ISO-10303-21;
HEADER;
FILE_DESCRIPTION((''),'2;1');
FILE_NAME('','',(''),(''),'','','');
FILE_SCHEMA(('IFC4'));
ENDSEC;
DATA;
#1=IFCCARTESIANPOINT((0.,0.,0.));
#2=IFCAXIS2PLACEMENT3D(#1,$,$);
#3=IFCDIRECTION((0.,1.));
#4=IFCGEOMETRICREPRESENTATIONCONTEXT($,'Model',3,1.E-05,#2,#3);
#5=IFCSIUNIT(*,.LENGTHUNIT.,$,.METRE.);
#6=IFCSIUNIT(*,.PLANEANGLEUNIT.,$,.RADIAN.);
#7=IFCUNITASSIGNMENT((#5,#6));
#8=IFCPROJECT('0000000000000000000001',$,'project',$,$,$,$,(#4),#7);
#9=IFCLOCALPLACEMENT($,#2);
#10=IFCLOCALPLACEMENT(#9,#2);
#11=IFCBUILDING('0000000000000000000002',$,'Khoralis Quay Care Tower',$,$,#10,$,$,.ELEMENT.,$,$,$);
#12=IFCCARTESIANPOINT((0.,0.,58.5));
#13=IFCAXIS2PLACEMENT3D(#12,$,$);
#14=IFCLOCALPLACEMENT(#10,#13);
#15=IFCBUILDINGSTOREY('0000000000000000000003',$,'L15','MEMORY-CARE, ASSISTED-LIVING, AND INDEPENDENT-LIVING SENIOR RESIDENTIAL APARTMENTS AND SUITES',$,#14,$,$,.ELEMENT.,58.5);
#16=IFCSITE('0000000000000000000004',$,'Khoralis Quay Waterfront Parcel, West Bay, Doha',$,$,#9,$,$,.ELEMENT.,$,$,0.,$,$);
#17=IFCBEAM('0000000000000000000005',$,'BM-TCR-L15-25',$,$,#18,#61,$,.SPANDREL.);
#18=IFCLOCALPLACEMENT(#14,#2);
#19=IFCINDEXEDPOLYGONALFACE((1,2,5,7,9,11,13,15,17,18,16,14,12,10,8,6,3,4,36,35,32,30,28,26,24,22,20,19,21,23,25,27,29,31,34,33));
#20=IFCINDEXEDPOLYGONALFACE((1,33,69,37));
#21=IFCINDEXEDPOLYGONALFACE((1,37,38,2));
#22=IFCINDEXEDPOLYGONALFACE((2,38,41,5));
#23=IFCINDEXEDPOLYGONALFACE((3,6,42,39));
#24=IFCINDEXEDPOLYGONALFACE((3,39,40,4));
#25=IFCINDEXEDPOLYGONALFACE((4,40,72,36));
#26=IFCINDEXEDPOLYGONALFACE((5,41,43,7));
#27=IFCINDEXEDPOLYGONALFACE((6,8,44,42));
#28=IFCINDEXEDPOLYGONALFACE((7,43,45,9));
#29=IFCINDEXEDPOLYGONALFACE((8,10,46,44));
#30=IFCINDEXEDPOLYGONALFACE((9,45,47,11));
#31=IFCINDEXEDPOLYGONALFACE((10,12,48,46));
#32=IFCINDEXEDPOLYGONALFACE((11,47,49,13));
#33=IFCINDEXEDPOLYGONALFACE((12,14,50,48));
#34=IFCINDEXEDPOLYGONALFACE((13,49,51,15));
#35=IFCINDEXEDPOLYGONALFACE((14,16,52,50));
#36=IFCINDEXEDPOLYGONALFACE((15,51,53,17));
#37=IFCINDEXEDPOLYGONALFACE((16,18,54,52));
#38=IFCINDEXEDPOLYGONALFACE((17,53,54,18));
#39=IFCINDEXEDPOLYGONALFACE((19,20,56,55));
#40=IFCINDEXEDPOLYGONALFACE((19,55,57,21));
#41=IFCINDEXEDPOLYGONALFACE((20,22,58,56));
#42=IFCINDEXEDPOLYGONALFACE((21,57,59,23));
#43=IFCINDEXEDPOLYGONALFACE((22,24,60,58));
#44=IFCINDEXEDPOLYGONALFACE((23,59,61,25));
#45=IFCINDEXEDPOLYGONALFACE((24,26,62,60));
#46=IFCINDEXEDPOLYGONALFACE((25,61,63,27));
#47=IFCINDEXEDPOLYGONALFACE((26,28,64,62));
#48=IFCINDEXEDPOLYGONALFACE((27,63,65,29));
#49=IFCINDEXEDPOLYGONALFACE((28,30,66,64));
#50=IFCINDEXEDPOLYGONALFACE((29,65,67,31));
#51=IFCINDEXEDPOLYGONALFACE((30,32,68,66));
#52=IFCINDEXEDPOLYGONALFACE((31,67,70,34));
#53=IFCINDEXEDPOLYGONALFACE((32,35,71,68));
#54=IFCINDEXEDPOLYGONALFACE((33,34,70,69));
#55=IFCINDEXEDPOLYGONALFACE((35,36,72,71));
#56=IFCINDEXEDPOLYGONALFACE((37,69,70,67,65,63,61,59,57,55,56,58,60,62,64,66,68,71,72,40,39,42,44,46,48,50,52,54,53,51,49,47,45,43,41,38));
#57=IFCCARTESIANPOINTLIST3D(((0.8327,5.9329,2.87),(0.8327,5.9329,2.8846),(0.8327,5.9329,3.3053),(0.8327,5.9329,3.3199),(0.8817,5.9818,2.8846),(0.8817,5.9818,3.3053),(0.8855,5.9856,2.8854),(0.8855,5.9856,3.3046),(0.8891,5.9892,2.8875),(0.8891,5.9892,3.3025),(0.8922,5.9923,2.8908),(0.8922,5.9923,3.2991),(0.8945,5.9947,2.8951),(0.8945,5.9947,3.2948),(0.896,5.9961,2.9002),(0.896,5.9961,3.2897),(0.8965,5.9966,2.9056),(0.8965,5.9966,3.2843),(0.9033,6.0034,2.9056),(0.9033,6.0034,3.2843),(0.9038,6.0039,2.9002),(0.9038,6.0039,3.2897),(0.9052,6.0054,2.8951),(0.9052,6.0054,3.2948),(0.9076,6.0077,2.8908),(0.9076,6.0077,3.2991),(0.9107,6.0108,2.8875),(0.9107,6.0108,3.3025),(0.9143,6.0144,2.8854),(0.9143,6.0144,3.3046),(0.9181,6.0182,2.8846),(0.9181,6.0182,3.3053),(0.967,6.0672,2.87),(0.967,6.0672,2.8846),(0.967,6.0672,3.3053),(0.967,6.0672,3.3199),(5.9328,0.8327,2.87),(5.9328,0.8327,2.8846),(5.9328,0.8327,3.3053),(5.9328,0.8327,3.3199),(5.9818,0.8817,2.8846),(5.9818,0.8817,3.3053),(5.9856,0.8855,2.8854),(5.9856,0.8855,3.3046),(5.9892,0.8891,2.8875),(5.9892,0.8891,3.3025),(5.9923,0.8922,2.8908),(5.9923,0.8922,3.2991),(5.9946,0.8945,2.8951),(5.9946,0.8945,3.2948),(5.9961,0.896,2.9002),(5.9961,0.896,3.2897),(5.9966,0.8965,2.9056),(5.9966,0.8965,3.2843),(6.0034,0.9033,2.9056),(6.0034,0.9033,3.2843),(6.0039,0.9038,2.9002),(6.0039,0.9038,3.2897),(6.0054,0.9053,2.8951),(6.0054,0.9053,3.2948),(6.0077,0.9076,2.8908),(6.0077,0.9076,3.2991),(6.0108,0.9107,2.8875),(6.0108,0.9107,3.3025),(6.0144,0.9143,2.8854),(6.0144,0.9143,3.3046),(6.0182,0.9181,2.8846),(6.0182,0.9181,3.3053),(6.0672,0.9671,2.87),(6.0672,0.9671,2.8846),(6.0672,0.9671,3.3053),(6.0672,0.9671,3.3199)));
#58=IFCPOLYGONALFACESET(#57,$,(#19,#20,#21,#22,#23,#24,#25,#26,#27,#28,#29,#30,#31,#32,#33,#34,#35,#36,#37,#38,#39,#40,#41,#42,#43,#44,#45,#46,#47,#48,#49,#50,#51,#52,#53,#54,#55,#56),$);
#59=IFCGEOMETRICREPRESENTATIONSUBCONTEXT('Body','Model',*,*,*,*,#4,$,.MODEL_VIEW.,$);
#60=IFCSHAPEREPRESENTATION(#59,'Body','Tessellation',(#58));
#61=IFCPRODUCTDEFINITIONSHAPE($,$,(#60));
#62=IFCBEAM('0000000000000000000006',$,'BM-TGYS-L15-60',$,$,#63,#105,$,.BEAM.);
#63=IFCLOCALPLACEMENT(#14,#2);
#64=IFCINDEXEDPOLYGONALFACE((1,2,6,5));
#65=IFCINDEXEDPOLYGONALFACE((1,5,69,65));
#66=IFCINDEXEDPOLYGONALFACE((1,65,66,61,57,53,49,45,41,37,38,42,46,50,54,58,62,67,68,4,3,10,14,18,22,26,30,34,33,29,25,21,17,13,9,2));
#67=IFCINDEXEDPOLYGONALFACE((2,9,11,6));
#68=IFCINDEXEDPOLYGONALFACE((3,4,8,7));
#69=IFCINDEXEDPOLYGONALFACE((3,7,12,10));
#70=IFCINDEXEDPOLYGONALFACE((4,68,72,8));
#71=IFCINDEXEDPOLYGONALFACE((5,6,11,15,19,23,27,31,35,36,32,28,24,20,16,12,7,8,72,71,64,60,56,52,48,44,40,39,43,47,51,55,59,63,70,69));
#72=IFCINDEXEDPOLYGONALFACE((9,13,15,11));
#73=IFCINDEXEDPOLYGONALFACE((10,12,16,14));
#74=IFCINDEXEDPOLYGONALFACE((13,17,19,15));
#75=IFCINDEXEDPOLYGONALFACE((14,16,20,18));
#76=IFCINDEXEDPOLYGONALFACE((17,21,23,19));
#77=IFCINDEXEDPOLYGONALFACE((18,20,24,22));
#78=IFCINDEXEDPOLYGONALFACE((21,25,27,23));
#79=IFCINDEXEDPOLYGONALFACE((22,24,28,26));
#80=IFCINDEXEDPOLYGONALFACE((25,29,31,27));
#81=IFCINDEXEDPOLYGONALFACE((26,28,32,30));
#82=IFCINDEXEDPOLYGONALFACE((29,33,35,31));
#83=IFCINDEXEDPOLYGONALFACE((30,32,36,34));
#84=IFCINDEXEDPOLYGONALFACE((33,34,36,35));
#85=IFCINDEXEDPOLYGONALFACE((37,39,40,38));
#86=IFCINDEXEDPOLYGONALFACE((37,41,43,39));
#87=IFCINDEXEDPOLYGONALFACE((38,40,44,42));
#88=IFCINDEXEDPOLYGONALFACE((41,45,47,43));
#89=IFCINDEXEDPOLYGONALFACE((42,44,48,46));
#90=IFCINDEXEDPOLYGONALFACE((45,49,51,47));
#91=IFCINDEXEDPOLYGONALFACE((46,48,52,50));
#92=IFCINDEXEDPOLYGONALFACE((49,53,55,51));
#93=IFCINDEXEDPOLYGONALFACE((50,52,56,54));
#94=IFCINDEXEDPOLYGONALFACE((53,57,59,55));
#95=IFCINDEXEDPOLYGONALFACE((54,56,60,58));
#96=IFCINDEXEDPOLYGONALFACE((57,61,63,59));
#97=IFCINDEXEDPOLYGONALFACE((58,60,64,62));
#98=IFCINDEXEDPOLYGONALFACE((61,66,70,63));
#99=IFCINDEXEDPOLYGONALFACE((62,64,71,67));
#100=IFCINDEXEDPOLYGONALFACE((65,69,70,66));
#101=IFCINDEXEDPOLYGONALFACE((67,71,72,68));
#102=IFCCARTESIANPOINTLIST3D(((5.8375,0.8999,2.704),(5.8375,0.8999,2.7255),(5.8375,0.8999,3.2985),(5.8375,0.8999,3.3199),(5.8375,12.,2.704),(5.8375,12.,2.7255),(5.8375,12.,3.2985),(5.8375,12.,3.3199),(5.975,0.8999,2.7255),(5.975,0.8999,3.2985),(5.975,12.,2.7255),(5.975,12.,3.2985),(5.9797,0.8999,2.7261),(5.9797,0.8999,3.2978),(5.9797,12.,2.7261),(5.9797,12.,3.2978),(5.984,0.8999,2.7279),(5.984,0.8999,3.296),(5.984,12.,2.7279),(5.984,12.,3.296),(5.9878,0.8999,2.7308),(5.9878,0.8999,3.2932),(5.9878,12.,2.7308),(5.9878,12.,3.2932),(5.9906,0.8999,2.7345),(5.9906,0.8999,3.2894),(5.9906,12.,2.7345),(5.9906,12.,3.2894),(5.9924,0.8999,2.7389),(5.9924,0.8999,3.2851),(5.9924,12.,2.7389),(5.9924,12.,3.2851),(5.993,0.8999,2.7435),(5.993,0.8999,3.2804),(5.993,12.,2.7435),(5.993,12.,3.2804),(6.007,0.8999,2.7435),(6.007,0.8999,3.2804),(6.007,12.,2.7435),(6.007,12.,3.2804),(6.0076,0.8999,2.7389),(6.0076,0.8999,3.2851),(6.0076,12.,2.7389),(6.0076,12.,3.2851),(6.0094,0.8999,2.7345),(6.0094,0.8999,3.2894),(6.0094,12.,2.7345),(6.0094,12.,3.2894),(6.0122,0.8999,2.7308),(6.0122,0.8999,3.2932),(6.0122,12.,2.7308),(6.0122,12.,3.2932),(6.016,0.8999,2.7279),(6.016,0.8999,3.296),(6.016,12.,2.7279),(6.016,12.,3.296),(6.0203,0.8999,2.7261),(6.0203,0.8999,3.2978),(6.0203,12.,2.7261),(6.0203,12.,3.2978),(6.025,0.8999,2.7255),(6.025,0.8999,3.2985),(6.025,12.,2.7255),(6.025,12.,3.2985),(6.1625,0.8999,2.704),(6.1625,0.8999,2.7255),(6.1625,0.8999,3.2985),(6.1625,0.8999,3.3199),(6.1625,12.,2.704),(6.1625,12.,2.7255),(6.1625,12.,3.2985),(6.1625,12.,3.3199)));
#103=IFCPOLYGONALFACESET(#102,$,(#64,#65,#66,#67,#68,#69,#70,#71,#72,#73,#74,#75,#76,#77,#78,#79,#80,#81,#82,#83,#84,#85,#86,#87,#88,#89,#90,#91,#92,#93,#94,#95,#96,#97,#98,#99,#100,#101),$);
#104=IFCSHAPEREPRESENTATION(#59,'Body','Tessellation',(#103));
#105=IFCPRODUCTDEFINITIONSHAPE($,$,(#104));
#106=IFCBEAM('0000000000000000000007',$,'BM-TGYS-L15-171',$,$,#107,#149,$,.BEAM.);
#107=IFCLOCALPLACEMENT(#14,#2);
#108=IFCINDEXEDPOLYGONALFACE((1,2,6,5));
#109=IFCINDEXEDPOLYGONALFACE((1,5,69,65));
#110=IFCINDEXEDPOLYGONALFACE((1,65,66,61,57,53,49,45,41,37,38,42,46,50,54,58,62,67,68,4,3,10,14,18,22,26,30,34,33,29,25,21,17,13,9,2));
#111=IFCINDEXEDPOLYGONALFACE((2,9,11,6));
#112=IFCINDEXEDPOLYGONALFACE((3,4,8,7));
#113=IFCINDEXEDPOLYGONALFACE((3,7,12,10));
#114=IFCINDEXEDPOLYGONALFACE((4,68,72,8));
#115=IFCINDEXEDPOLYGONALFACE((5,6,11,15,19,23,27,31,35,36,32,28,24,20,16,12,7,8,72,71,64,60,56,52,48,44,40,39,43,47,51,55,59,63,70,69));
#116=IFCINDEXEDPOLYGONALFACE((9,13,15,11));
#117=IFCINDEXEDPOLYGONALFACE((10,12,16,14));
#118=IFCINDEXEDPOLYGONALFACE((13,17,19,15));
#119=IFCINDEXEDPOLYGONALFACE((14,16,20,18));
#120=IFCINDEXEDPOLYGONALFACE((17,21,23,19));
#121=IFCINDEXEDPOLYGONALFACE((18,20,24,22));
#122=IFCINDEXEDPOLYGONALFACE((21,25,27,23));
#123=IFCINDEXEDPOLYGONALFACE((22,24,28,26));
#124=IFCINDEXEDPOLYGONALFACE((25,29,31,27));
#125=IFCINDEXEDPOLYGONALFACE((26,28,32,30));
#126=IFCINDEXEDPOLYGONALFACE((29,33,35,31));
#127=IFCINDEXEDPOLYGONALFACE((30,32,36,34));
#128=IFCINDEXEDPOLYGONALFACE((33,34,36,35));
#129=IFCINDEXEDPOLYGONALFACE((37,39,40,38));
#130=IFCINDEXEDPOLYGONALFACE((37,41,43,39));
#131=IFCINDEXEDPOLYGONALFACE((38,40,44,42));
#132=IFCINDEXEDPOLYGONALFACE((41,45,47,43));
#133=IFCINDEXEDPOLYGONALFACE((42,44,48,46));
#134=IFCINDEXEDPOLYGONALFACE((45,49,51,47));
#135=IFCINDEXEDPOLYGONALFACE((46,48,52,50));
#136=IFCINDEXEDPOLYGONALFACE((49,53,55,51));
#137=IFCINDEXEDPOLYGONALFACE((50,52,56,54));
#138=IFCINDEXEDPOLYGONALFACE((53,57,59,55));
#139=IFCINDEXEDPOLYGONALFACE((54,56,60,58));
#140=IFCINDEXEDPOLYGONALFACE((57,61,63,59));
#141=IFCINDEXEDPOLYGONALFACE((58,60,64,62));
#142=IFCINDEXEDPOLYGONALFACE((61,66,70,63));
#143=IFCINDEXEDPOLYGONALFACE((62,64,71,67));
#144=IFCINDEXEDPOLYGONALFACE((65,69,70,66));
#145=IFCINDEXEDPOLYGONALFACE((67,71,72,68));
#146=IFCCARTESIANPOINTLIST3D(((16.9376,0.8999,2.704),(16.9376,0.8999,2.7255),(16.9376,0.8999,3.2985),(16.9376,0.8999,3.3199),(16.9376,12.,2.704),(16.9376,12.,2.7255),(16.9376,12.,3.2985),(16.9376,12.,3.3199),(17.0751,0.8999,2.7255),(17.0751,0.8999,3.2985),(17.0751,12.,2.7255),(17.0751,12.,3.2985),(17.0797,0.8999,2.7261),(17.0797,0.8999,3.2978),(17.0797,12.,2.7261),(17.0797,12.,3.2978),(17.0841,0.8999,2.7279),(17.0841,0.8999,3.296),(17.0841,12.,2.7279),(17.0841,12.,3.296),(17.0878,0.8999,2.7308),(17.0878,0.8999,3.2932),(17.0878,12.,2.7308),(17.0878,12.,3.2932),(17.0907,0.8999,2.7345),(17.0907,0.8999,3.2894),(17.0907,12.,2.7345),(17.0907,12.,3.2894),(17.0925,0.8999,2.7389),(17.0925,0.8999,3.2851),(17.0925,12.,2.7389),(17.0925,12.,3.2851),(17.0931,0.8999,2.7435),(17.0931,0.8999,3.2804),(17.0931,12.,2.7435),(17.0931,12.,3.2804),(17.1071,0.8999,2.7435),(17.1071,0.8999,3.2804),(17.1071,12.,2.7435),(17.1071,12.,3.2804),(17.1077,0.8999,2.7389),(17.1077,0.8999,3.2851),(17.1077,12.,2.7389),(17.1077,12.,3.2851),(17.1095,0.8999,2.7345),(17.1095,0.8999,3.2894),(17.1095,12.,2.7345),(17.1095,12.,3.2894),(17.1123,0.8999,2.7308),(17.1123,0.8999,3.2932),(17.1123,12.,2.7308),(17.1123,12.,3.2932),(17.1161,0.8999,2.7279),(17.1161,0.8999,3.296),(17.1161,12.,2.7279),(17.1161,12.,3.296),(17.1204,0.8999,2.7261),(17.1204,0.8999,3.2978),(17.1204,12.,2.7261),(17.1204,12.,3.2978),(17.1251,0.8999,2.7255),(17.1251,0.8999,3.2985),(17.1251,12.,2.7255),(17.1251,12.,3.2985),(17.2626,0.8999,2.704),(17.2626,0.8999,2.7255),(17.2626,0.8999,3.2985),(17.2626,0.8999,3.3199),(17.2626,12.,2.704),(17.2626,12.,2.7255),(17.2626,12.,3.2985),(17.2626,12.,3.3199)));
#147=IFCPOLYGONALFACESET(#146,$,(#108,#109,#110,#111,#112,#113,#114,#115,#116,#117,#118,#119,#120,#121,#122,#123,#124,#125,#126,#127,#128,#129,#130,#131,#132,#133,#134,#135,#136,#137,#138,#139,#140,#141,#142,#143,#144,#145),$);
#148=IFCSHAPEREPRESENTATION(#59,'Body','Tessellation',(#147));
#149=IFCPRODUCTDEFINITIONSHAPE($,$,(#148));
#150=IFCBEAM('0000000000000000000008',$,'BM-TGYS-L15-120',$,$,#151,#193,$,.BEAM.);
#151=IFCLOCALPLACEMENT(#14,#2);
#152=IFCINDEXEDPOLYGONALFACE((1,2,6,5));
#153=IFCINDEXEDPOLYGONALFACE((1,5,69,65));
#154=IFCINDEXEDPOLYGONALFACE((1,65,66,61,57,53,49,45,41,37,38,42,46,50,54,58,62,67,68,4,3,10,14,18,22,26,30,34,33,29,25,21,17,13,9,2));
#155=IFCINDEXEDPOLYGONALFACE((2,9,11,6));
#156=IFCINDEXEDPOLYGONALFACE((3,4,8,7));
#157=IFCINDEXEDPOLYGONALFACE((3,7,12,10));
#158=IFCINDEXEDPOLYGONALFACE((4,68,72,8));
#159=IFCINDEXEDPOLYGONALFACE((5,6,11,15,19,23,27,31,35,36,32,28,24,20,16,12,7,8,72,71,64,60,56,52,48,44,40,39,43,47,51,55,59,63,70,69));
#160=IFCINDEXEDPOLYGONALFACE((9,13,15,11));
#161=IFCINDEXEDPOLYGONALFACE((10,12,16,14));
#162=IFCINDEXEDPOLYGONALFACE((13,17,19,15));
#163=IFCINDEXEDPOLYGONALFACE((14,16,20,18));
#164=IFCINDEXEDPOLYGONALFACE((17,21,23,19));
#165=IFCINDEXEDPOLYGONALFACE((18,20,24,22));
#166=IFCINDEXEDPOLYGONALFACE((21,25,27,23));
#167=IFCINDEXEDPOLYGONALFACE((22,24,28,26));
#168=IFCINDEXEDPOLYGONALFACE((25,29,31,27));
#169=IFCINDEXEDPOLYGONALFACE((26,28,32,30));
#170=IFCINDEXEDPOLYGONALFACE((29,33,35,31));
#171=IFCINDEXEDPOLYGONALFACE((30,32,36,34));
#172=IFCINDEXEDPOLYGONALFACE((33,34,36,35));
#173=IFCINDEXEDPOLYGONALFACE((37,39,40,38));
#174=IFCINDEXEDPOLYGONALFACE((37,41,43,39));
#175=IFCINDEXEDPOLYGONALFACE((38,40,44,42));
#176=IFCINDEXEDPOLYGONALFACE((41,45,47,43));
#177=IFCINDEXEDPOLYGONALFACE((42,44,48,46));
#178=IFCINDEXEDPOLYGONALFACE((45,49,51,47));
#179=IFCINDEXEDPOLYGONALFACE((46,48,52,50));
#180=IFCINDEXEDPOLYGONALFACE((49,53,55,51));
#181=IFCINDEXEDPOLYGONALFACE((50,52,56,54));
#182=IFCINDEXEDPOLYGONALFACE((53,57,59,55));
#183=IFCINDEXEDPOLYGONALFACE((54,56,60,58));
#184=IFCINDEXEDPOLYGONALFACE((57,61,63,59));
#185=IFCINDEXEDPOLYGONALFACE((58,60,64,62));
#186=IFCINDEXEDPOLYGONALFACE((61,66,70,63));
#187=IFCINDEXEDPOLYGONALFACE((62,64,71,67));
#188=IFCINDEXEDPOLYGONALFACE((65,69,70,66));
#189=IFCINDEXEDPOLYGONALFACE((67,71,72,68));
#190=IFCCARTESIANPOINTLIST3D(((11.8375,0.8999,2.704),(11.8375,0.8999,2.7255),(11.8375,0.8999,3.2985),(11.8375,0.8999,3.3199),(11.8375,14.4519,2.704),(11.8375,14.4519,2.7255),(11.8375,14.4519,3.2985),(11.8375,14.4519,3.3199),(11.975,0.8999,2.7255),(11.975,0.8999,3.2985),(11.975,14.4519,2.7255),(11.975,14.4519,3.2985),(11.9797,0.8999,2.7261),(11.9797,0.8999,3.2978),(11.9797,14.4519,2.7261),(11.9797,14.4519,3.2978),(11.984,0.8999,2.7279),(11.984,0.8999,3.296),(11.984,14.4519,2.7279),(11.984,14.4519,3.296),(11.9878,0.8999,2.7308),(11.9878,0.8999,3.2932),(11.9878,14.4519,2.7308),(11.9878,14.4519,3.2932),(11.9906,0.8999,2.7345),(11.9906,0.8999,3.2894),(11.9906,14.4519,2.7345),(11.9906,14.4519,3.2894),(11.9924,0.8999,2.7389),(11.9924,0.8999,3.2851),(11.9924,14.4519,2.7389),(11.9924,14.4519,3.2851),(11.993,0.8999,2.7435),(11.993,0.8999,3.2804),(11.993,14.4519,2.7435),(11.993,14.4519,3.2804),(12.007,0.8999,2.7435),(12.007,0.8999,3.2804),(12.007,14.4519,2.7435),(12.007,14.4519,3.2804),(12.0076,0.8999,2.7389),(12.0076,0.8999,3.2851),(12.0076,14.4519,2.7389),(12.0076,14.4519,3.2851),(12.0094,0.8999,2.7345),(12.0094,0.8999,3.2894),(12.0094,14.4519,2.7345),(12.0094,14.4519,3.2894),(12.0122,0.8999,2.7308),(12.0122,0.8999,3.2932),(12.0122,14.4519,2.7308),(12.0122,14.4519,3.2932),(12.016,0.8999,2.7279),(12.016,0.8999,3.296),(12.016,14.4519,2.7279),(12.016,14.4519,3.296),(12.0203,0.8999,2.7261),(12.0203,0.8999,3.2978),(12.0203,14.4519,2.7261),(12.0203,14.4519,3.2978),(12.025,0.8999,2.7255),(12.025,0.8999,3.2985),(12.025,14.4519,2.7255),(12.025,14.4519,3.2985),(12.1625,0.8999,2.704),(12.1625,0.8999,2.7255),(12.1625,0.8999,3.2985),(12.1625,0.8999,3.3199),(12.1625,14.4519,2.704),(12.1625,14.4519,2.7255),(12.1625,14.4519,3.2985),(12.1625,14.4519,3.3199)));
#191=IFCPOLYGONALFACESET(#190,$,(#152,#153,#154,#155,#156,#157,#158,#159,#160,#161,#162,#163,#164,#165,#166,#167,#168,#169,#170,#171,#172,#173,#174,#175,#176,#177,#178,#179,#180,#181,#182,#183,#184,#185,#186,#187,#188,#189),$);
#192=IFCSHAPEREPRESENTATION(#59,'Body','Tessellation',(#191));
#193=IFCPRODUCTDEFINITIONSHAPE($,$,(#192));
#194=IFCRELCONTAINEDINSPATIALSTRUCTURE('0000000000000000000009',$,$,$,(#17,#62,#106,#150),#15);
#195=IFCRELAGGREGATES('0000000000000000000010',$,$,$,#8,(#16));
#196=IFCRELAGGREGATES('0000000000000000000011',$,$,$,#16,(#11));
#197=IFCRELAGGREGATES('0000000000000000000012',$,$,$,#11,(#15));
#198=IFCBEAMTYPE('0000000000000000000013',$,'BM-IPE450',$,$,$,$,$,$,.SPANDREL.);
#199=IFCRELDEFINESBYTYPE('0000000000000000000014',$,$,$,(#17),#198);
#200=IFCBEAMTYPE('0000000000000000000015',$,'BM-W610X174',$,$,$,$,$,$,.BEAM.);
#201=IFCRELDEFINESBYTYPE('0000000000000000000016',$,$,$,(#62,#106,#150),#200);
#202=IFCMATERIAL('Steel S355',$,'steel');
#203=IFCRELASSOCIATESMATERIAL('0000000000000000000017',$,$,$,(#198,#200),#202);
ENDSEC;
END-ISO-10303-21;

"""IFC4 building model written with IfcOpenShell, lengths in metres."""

from ifc_helpers import new_model, si_unit, direction, frame, origin, origin_2d, place, context, subcontext, project, spatial, i_section, extrude, source, transform, mapped, material, material_profile, profile_set, type_object, element, save


model = new_model("IFC4")

# Units and contexts
model_context = context("Model", 3, precision=1e-05, world=origin(), true_north=direction((0.0, 1.0)))
body_context = subcontext(model_context, "Body", "Model", "MODEL_VIEW")
ifc_project = project(units=[si_unit("LENGTHUNIT", "METRE"), si_unit("PLANEANGLEUNIT", "RADIAN")], contexts=[model_context])

# Site, building, storey
site_placement = place(None, origin())
site = spatial("IfcSite", under=ifc_project, at=site_placement, Name="Khoralis Quay Waterfront Parcel, West Bay, Doha", CompositionType="ELEMENT", RefElevation=0.0)
building_placement = place(site_placement, origin())
building = spatial("IfcBuilding", under=site, at=building_placement, Name="Khoralis Quay Care Tower", CompositionType="ELEMENT")
storey_placement = place(building_placement, frame((0.0, 0.0, 58.5)))
storey = spatial("IfcBuildingStorey", under=building, at=storey_placement, Name="L15", Description="MEMORY-CARE, ASSISTED-LIVING, AND INDEPENDENT-LIVING SENIOR RESIDENTIAL APARTMENTS AND SUITES", CompositionType="ELEMENT", Elevation=58.5)

# Beams
ifc_material_1 = material(Name="Steel S355", Category="steel")
ifc_material_profile_1 = material_profile(ifc_material_1, i_section(OverallWidth=0.1899, OverallDepth=0.45, WebThickness=0.0095, FlangeThickness=0.0146, FilletRadius=0.021, at=origin_2d()), Name="Steel S355")
ifc_profile_set_1 = profile_set([ifc_material_profile_1], Name="Steel S355")
beam_type_1 = type_object("IfcBeamType", Name="BM-IPE450", PredefinedType="SPANDREL", material=ifc_profile_set_1)
shared_shape_1 = source(origin(), body_context, "Body", "SweptSolid", [
    extrude(i_section(OverallWidth=0.1899, OverallDepth=0.45, WebThickness=0.0095, FlangeThickness=0.0146, FilletRadius=0.021, at=origin_2d()), origin(), (0.0, 0.0, 1.0), 7.2126),
])
beam_1_placement = place(storey_placement, frame((6.0, 0.8999, 3.095), z_axis=(-0.707107, 0.707107, 0.0), x_axis=(-0.707107, -0.707107, 0.0)))
element("IfcBeam", 1, at=beam_1_placement, inside=storey, type_object=beam_type_1, Name="BM-TCR-L15-25", PredefinedType="SPANDREL", context=body_context, shape_type="MappedRepresentation", body=[
    mapped(shared_shape_1, transform((0.0, 0.0, 0.0), scale=1.0)),
])
ifc_material_profile_2 = material_profile(ifc_material_1, i_section(OverallWidth=0.325, OverallDepth=0.616, WebThickness=0.0139, FlangeThickness=0.0215, FilletRadius=0.0181, at=origin_2d()), Name="Steel S355")
ifc_profile_set_2 = profile_set([ifc_material_profile_2], Name="Steel S355")
beam_type_2 = type_object("IfcBeamType", Name="BM-W610X174", PredefinedType="BEAM", material=ifc_profile_set_2)
shared_shape_2 = source(origin(), body_context, "Body", "SweptSolid", [
    extrude(i_section(OverallWidth=0.325, OverallDepth=0.616, WebThickness=0.0139, FlangeThickness=0.0215, FilletRadius=0.0181, at=origin_2d()), origin(), (0.0, 0.0, 1.0), 11.1001),
])
for number, where, z_axis, x_axis, name in (
    (2, (6.0, 0.8999, 3.012), (0.0, 1.0, 0.0), (-1.0, 0.0, 0.0), "BM-TGYS-L15-60"),
    (3, (17.1001, 0.8999, 3.012), (0.0, 1.0, 0.0), (-1.0, 0.0, 0.0), "BM-TGYS-L15-171"),
):
    element("IfcBeam", number, at=place(storey_placement, frame(where, z_axis=z_axis, x_axis=x_axis)), inside=storey, type_object=beam_type_2, Name=name, PredefinedType="BEAM", context=body_context, shape_type="MappedRepresentation", body=[
        mapped(shared_shape_2, transform((0.0, 0.0, 0.0), scale=1.0)),
    ])
shared_shape_3 = source(origin(), body_context, "Body", "SweptSolid", [
    extrude(i_section(OverallWidth=0.325, OverallDepth=0.616, WebThickness=0.0139, FlangeThickness=0.0215, FilletRadius=0.0181, at=origin_2d()), origin(), (0.0, 0.0, 1.0), 13.552),
])
beam_2_placement = place(storey_placement, frame((12.0, 0.8999, 3.012), z_axis=(0.0, 1.0, 0.0), x_axis=(-1.0, 0.0, 0.0)))
element("IfcBeam", 4, at=beam_2_placement, inside=storey, type_object=beam_type_2, Name="BM-TGYS-L15-120", PredefinedType="BEAM", context=body_context, shape_type="MappedRepresentation", body=[
    mapped(shared_shape_3, transform((0.0, 0.0, 0.0), scale=1.0)),
])

save(model, "model.ifc")
